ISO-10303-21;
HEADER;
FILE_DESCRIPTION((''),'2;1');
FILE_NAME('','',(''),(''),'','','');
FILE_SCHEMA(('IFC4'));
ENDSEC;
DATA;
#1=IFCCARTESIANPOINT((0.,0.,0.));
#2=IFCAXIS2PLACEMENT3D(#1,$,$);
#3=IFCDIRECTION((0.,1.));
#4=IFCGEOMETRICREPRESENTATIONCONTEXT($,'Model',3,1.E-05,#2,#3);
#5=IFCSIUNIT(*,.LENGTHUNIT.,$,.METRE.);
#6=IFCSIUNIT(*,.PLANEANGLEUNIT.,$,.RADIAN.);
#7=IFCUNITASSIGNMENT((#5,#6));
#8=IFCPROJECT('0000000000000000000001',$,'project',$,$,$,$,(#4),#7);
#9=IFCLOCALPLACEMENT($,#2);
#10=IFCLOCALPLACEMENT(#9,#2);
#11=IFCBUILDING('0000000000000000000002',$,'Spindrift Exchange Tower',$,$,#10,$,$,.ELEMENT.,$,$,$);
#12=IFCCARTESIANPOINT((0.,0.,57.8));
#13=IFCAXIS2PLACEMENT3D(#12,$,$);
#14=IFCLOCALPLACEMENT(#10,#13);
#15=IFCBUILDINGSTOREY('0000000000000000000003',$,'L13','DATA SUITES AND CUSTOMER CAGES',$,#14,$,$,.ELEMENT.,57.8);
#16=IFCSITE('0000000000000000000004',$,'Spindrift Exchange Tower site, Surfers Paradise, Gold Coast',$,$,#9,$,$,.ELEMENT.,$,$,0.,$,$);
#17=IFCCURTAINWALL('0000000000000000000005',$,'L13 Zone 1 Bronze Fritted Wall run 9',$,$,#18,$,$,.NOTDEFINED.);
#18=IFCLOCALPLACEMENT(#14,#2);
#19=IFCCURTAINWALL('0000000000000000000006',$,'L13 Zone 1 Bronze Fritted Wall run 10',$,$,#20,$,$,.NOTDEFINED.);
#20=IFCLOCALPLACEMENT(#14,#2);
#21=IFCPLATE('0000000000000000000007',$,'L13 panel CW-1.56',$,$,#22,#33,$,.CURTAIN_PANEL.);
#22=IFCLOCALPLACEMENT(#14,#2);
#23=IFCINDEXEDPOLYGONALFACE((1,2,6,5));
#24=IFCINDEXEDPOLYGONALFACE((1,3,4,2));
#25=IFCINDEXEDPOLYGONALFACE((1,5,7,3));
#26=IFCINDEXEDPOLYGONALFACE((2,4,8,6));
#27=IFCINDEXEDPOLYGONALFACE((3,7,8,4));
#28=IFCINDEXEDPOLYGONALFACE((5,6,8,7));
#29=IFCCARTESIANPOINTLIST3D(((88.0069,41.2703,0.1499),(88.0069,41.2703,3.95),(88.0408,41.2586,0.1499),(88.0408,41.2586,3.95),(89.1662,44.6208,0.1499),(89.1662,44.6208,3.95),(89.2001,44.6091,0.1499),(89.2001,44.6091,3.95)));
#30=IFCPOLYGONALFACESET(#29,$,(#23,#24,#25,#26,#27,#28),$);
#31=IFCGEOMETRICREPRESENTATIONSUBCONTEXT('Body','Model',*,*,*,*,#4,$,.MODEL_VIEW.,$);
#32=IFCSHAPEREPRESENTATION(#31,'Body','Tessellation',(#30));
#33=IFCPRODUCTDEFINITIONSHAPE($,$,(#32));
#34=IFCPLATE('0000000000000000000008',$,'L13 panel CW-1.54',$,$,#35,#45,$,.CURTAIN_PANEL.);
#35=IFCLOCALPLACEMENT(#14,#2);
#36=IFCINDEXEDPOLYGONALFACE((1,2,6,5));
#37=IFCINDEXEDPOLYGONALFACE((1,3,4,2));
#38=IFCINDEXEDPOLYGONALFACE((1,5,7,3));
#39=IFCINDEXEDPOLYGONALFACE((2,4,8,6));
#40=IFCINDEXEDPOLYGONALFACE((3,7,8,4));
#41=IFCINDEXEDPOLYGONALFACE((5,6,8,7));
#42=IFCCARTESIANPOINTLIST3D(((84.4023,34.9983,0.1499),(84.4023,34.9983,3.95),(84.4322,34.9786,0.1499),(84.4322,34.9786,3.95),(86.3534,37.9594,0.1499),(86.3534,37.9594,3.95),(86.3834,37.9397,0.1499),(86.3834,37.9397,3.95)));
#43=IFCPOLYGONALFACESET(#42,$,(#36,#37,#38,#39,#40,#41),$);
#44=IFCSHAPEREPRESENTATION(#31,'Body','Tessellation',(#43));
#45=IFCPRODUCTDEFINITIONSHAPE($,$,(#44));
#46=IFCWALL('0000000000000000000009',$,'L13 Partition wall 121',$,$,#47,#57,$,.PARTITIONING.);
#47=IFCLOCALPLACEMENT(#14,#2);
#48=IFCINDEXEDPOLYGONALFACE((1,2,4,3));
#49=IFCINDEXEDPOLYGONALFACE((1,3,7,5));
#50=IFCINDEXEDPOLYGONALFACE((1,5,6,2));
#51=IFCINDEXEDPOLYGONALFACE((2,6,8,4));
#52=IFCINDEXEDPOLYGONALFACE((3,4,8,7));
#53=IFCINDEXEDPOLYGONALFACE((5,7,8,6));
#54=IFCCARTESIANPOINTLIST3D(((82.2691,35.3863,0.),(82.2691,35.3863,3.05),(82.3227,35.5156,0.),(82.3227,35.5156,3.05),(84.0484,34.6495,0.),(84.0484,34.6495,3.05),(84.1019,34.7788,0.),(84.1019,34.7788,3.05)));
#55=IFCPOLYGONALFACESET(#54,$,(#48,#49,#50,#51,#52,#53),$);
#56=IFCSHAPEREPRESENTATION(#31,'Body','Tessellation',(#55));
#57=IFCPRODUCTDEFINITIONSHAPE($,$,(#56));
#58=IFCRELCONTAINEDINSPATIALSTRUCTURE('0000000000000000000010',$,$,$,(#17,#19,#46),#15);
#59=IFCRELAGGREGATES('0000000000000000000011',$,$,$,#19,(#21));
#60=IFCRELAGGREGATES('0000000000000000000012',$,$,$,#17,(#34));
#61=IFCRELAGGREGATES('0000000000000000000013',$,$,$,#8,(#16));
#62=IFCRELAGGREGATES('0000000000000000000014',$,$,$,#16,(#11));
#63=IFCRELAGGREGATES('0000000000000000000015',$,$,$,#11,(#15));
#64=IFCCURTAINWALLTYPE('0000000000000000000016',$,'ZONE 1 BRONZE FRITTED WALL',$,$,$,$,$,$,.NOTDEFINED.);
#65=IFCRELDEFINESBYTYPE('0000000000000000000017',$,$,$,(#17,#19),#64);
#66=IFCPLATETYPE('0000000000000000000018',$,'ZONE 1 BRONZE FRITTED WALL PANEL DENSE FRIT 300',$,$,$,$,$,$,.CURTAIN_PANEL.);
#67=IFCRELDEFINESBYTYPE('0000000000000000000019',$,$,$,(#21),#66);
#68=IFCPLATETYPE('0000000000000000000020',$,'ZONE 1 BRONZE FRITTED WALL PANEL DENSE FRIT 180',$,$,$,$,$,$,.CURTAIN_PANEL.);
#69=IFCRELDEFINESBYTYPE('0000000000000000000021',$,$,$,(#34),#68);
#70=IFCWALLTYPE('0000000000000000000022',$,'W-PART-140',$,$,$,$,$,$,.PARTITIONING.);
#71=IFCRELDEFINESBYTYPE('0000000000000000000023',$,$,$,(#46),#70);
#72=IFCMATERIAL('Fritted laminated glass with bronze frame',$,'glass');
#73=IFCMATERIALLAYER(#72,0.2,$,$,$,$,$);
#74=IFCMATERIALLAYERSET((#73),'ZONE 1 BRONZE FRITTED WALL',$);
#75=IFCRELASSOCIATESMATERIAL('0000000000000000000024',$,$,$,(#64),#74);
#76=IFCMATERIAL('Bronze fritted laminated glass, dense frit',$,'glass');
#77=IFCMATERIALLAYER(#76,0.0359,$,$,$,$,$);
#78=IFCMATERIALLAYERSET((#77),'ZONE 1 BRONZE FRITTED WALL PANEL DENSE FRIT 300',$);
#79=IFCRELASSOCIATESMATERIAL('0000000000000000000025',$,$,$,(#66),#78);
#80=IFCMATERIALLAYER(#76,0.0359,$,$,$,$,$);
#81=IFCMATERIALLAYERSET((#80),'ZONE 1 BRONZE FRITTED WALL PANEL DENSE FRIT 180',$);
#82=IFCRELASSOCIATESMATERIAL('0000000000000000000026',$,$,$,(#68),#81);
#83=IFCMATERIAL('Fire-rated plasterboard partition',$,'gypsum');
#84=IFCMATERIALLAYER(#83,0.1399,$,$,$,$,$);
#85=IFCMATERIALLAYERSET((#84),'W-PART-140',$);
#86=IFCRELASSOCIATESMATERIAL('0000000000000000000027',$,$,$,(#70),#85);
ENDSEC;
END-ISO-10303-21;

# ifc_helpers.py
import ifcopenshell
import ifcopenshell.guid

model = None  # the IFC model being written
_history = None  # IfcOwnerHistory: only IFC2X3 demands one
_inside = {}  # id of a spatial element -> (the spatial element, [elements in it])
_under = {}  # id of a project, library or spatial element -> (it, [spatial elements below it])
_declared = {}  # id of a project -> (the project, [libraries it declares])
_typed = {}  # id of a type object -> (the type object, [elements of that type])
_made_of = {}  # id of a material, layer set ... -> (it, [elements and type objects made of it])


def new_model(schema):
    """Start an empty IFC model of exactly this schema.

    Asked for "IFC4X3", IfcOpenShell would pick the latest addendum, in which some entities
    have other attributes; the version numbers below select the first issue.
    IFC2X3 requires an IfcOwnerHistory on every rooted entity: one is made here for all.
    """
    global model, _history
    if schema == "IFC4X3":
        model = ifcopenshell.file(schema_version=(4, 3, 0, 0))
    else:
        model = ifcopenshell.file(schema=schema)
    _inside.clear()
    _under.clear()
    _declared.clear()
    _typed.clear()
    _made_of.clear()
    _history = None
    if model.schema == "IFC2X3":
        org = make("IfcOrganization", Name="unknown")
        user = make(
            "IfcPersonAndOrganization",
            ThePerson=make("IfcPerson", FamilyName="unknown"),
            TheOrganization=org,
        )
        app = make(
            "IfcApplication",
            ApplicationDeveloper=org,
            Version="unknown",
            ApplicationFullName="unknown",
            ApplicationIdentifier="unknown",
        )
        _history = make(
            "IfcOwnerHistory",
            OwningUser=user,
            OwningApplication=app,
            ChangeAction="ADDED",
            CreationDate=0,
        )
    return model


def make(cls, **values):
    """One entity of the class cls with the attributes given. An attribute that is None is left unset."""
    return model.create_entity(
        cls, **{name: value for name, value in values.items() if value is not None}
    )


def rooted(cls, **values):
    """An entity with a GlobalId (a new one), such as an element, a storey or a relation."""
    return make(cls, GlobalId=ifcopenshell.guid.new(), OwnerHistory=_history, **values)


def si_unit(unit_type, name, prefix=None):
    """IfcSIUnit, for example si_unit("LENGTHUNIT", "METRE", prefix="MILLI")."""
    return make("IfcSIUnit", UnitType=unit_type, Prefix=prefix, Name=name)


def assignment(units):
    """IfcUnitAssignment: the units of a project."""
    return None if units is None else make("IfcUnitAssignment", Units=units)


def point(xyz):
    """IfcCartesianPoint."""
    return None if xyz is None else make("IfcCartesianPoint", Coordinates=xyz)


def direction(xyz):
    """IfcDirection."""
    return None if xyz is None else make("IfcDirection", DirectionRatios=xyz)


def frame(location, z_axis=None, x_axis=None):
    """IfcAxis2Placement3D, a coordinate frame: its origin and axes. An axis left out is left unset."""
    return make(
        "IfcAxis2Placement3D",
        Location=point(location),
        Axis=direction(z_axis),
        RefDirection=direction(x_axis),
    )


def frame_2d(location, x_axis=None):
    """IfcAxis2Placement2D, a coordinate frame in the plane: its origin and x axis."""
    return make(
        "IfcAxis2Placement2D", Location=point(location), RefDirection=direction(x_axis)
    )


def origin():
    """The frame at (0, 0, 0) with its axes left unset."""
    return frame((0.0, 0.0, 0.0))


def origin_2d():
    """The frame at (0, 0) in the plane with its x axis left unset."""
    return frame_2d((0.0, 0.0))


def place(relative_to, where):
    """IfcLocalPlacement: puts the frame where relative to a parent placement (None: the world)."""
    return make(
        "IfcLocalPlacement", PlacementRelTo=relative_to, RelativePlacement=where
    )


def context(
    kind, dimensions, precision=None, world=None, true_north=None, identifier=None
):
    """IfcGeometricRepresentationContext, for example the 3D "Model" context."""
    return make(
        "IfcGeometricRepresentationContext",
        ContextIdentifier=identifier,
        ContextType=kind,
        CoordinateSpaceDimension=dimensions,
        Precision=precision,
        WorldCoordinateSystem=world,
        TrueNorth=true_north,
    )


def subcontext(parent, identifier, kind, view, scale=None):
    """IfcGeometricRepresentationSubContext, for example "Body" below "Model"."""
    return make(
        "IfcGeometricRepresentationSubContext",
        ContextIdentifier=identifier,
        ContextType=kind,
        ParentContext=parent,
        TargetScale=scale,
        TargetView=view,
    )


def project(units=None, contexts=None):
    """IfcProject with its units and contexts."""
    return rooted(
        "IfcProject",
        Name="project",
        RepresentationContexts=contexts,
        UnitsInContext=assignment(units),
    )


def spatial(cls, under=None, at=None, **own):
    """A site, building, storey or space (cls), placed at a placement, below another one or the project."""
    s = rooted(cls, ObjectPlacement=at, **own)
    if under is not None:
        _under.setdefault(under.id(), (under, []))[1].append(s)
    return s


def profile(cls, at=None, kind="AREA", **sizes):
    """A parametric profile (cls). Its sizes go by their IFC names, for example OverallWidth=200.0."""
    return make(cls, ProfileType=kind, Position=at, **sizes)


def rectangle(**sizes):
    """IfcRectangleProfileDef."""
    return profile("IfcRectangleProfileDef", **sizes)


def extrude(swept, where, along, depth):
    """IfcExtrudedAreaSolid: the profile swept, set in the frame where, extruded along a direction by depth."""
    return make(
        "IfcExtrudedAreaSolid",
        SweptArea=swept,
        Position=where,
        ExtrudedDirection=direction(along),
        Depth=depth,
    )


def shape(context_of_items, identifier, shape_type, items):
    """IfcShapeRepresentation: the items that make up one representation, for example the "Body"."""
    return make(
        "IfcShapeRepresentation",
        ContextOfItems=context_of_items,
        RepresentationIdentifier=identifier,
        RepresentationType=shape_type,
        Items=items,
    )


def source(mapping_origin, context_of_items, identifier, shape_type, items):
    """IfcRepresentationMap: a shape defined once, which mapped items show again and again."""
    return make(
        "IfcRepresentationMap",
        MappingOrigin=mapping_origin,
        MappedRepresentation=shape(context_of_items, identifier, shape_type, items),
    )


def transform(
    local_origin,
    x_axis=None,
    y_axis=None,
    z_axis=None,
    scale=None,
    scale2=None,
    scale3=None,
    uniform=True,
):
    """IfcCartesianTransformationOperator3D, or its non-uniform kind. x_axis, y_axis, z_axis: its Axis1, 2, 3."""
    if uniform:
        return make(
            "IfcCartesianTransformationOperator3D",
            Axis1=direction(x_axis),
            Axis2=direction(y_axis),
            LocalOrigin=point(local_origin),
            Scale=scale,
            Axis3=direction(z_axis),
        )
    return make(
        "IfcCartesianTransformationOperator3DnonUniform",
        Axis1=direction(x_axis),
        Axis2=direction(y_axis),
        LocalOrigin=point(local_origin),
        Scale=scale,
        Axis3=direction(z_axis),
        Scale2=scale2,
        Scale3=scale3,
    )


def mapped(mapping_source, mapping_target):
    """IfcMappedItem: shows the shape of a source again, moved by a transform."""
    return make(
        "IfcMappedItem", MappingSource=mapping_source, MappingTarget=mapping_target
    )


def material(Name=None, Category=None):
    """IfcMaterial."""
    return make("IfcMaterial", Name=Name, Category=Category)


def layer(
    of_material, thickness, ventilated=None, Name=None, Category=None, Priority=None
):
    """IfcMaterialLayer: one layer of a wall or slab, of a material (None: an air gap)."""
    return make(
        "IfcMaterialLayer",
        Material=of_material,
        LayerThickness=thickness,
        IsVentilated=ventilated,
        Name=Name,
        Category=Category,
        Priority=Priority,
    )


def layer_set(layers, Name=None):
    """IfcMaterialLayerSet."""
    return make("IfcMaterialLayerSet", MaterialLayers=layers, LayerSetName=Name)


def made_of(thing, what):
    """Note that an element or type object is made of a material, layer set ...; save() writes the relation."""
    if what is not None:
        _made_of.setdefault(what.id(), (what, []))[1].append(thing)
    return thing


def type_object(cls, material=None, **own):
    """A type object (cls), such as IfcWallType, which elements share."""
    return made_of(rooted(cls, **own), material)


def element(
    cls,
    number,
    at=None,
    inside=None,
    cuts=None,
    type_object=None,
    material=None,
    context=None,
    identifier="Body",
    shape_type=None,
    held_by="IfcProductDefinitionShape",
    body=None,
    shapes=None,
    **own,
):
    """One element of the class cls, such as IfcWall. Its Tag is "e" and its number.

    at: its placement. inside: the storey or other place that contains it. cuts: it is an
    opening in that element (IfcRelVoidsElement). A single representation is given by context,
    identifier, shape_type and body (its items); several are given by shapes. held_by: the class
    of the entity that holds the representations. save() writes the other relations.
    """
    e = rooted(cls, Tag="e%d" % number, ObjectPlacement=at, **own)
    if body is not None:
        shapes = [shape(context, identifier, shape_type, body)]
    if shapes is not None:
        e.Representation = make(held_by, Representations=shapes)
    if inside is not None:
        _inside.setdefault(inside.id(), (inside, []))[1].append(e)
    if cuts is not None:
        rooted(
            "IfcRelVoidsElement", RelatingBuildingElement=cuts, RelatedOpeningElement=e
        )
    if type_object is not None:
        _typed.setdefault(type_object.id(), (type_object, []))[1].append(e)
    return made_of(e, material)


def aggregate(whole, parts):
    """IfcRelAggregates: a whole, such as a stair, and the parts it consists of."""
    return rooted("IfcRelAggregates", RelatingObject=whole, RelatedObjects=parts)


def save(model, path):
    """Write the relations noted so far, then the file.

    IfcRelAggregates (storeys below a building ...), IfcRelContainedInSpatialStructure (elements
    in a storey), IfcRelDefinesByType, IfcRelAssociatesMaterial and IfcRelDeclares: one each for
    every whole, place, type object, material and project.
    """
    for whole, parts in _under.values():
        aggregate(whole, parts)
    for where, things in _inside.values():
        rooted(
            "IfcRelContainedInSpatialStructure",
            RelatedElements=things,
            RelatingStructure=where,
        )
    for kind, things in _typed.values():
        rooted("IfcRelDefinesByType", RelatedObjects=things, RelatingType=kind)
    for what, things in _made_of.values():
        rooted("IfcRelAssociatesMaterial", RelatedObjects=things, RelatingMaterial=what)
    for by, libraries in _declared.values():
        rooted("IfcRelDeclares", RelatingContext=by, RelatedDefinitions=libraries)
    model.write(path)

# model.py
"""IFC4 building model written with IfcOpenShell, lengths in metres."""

from ifc_helpers import new_model, si_unit, direction, frame, frame_2d, origin, origin_2d, place, context, subcontext, project, spatial, rectangle, extrude, source, transform, mapped, material, layer, layer_set, type_object, element, aggregate, save


model = new_model("IFC4")

# Units and contexts
model_context = context("Model", 3, precision=1e-05, world=origin(), true_north=direction((0.0, 1.0)))
body_context = subcontext(model_context, "Body", "Model", "MODEL_VIEW")
ifc_project = project(units=[si_unit("LENGTHUNIT", "METRE"), si_unit("PLANEANGLEUNIT", "RADIAN")], contexts=[model_context])

# Site, building, storey
site_placement = place(None, origin())
site = spatial("IfcSite", under=ifc_project, at=site_placement, Name="Spindrift Exchange Tower site, Surfers Paradise, Gold Coast", CompositionType="ELEMENT", RefElevation=0.0)
building_placement = place(site_placement, origin())
building = spatial("IfcBuilding", under=site, at=building_placement, Name="Spindrift Exchange Tower", CompositionType="ELEMENT")
storey_placement = place(building_placement, frame((0.0, 0.0, 57.8)))
storey = spatial("IfcBuildingStorey", under=building, at=storey_placement, Name="L13", Description="DATA SUITES AND CUSTOMER CAGES", CompositionType="ELEMENT", Elevation=57.8)

# Curtain wall
ifc_material_1 = material(Name="Fritted laminated glass with bronze frame", Category="glass")
ifc_layer_1 = layer(ifc_material_1, 0.2)
ifc_layer_set_1 = layer_set([ifc_layer_1], Name="ZONE 1 BRONZE FRITTED WALL")
curtain_wall_type = type_object("IfcCurtainWallType", Name="ZONE 1 BRONZE FRITTED WALL", PredefinedType="NOTDEFINED", material=ifc_layer_set_1)
curtain_wall_1_placement = place(storey_placement, origin())
curtain_wall_1 = element("IfcCurtainWall", 1, at=curtain_wall_1_placement, inside=storey, type_object=curtain_wall_type, Name="L13 Zone 1 Bronze Fritted Wall run 9", PredefinedType="NOTDEFINED")

# Curtain wall
curtain_wall_2_placement = place(storey_placement, origin())
curtain_wall_2 = element("IfcCurtainWall", 2, at=curtain_wall_2_placement, inside=storey, type_object=curtain_wall_type, Name="L13 Zone 1 Bronze Fritted Wall run 10", PredefinedType="NOTDEFINED")

# Plates
ifc_material_2 = material(Name="Bronze fritted laminated glass, dense frit", Category="glass")
ifc_layer_2 = layer(ifc_material_2, 0.0359)
ifc_layer_set_2 = layer_set([ifc_layer_2], Name="ZONE 1 BRONZE FRITTED WALL PANEL DENSE FRIT 300")
plate_type_1 = type_object("IfcPlateType", Name="ZONE 1 BRONZE FRITTED WALL PANEL DENSE FRIT 300", PredefinedType="CURTAIN_PANEL", material=ifc_layer_set_2)
shared_shape_1 = source(origin(), body_context, "Body", "SweptSolid", [
    extrude(rectangle(XDim=3.5454, YDim=0.0359, at=origin_2d()), origin(), (0.0, 0.0, 1.0), 3.8),
])
plate_1_placement = place(storey_placement, frame((88.6035, 42.9397, 0.1499), z_axis=(0.0, 0.0, 1.0), x_axis=(0.326989, 0.945028, 0.0)))
plate_1 = element("IfcPlate", 3, at=plate_1_placement, type_object=plate_type_1, Name="L13 panel CW-1.56", PredefinedType="CURTAIN_PANEL", context=body_context, shape_type="MappedRepresentation", body=[
    mapped(shared_shape_1, transform((0.0, 0.0, 0.0), scale=1.0)),
])
aggregate(curtain_wall_2, [plate_1])
ifc_layer_3 = layer(ifc_material_2, 0.0359)
ifc_layer_set_3 = layer_set([ifc_layer_3], Name="ZONE 1 BRONZE FRITTED WALL PANEL DENSE FRIT 180")
plate_type_2 = type_object("IfcPlateType", Name="ZONE 1 BRONZE FRITTED WALL PANEL DENSE FRIT 180", PredefinedType="CURTAIN_PANEL", material=ifc_layer_set_3)
shared_shape_2 = source(origin(), body_context, "Body", "SweptSolid", [
    extrude(rectangle(XDim=3.5461, YDim=0.0359, at=origin_2d()), origin(), (0.0, 0.0, 1.0), 3.8),
])
plate_2_placement = place(storey_placement, frame((85.3928, 36.469, 0.1499), z_axis=(0.0, 0.0, 1.0), x_axis=(0.550213, 0.835025, 0.0)))
plate_2 = element("IfcPlate", 4, at=plate_2_placement, type_object=plate_type_2, Name="L13 panel CW-1.54", PredefinedType="CURTAIN_PANEL", context=body_context, shape_type="MappedRepresentation", body=[
    mapped(shared_shape_2, transform((0.0, 0.0, 0.0), scale=1.0)),
])
aggregate(curtain_wall_1, [plate_2])

# Wall
ifc_material_3 = material(Name="Fire-rated plasterboard partition", Category="gypsum")
ifc_layer_4 = layer(ifc_material_3, 0.1399)
ifc_layer_set_4 = layer_set([ifc_layer_4], Name="W-PART-140")
wall_type = type_object("IfcWallType", Name="W-PART-140", PredefinedType="PARTITIONING", material=ifc_layer_set_4)
wall_placement = place(storey_placement, frame((82.2959, 35.4509, 0.0), z_axis=(0.0, 0.0, 1.0), x_axis=(0.923915, -0.382598, 0.0)))
element("IfcWall", 5, at=wall_placement, inside=storey, type_object=wall_type, Name="L13 Partition wall 121", PredefinedType="PARTITIONING", context=body_context, shape_type="SweptSolid", body=[
    extrude(rectangle(XDim=1.9258, YDim=0.1399, at=frame_2d((0.9629, 0.0))), origin(), (0.0, 0.0, 1.0), 3.05),
])

save(model, "model.ifc")
